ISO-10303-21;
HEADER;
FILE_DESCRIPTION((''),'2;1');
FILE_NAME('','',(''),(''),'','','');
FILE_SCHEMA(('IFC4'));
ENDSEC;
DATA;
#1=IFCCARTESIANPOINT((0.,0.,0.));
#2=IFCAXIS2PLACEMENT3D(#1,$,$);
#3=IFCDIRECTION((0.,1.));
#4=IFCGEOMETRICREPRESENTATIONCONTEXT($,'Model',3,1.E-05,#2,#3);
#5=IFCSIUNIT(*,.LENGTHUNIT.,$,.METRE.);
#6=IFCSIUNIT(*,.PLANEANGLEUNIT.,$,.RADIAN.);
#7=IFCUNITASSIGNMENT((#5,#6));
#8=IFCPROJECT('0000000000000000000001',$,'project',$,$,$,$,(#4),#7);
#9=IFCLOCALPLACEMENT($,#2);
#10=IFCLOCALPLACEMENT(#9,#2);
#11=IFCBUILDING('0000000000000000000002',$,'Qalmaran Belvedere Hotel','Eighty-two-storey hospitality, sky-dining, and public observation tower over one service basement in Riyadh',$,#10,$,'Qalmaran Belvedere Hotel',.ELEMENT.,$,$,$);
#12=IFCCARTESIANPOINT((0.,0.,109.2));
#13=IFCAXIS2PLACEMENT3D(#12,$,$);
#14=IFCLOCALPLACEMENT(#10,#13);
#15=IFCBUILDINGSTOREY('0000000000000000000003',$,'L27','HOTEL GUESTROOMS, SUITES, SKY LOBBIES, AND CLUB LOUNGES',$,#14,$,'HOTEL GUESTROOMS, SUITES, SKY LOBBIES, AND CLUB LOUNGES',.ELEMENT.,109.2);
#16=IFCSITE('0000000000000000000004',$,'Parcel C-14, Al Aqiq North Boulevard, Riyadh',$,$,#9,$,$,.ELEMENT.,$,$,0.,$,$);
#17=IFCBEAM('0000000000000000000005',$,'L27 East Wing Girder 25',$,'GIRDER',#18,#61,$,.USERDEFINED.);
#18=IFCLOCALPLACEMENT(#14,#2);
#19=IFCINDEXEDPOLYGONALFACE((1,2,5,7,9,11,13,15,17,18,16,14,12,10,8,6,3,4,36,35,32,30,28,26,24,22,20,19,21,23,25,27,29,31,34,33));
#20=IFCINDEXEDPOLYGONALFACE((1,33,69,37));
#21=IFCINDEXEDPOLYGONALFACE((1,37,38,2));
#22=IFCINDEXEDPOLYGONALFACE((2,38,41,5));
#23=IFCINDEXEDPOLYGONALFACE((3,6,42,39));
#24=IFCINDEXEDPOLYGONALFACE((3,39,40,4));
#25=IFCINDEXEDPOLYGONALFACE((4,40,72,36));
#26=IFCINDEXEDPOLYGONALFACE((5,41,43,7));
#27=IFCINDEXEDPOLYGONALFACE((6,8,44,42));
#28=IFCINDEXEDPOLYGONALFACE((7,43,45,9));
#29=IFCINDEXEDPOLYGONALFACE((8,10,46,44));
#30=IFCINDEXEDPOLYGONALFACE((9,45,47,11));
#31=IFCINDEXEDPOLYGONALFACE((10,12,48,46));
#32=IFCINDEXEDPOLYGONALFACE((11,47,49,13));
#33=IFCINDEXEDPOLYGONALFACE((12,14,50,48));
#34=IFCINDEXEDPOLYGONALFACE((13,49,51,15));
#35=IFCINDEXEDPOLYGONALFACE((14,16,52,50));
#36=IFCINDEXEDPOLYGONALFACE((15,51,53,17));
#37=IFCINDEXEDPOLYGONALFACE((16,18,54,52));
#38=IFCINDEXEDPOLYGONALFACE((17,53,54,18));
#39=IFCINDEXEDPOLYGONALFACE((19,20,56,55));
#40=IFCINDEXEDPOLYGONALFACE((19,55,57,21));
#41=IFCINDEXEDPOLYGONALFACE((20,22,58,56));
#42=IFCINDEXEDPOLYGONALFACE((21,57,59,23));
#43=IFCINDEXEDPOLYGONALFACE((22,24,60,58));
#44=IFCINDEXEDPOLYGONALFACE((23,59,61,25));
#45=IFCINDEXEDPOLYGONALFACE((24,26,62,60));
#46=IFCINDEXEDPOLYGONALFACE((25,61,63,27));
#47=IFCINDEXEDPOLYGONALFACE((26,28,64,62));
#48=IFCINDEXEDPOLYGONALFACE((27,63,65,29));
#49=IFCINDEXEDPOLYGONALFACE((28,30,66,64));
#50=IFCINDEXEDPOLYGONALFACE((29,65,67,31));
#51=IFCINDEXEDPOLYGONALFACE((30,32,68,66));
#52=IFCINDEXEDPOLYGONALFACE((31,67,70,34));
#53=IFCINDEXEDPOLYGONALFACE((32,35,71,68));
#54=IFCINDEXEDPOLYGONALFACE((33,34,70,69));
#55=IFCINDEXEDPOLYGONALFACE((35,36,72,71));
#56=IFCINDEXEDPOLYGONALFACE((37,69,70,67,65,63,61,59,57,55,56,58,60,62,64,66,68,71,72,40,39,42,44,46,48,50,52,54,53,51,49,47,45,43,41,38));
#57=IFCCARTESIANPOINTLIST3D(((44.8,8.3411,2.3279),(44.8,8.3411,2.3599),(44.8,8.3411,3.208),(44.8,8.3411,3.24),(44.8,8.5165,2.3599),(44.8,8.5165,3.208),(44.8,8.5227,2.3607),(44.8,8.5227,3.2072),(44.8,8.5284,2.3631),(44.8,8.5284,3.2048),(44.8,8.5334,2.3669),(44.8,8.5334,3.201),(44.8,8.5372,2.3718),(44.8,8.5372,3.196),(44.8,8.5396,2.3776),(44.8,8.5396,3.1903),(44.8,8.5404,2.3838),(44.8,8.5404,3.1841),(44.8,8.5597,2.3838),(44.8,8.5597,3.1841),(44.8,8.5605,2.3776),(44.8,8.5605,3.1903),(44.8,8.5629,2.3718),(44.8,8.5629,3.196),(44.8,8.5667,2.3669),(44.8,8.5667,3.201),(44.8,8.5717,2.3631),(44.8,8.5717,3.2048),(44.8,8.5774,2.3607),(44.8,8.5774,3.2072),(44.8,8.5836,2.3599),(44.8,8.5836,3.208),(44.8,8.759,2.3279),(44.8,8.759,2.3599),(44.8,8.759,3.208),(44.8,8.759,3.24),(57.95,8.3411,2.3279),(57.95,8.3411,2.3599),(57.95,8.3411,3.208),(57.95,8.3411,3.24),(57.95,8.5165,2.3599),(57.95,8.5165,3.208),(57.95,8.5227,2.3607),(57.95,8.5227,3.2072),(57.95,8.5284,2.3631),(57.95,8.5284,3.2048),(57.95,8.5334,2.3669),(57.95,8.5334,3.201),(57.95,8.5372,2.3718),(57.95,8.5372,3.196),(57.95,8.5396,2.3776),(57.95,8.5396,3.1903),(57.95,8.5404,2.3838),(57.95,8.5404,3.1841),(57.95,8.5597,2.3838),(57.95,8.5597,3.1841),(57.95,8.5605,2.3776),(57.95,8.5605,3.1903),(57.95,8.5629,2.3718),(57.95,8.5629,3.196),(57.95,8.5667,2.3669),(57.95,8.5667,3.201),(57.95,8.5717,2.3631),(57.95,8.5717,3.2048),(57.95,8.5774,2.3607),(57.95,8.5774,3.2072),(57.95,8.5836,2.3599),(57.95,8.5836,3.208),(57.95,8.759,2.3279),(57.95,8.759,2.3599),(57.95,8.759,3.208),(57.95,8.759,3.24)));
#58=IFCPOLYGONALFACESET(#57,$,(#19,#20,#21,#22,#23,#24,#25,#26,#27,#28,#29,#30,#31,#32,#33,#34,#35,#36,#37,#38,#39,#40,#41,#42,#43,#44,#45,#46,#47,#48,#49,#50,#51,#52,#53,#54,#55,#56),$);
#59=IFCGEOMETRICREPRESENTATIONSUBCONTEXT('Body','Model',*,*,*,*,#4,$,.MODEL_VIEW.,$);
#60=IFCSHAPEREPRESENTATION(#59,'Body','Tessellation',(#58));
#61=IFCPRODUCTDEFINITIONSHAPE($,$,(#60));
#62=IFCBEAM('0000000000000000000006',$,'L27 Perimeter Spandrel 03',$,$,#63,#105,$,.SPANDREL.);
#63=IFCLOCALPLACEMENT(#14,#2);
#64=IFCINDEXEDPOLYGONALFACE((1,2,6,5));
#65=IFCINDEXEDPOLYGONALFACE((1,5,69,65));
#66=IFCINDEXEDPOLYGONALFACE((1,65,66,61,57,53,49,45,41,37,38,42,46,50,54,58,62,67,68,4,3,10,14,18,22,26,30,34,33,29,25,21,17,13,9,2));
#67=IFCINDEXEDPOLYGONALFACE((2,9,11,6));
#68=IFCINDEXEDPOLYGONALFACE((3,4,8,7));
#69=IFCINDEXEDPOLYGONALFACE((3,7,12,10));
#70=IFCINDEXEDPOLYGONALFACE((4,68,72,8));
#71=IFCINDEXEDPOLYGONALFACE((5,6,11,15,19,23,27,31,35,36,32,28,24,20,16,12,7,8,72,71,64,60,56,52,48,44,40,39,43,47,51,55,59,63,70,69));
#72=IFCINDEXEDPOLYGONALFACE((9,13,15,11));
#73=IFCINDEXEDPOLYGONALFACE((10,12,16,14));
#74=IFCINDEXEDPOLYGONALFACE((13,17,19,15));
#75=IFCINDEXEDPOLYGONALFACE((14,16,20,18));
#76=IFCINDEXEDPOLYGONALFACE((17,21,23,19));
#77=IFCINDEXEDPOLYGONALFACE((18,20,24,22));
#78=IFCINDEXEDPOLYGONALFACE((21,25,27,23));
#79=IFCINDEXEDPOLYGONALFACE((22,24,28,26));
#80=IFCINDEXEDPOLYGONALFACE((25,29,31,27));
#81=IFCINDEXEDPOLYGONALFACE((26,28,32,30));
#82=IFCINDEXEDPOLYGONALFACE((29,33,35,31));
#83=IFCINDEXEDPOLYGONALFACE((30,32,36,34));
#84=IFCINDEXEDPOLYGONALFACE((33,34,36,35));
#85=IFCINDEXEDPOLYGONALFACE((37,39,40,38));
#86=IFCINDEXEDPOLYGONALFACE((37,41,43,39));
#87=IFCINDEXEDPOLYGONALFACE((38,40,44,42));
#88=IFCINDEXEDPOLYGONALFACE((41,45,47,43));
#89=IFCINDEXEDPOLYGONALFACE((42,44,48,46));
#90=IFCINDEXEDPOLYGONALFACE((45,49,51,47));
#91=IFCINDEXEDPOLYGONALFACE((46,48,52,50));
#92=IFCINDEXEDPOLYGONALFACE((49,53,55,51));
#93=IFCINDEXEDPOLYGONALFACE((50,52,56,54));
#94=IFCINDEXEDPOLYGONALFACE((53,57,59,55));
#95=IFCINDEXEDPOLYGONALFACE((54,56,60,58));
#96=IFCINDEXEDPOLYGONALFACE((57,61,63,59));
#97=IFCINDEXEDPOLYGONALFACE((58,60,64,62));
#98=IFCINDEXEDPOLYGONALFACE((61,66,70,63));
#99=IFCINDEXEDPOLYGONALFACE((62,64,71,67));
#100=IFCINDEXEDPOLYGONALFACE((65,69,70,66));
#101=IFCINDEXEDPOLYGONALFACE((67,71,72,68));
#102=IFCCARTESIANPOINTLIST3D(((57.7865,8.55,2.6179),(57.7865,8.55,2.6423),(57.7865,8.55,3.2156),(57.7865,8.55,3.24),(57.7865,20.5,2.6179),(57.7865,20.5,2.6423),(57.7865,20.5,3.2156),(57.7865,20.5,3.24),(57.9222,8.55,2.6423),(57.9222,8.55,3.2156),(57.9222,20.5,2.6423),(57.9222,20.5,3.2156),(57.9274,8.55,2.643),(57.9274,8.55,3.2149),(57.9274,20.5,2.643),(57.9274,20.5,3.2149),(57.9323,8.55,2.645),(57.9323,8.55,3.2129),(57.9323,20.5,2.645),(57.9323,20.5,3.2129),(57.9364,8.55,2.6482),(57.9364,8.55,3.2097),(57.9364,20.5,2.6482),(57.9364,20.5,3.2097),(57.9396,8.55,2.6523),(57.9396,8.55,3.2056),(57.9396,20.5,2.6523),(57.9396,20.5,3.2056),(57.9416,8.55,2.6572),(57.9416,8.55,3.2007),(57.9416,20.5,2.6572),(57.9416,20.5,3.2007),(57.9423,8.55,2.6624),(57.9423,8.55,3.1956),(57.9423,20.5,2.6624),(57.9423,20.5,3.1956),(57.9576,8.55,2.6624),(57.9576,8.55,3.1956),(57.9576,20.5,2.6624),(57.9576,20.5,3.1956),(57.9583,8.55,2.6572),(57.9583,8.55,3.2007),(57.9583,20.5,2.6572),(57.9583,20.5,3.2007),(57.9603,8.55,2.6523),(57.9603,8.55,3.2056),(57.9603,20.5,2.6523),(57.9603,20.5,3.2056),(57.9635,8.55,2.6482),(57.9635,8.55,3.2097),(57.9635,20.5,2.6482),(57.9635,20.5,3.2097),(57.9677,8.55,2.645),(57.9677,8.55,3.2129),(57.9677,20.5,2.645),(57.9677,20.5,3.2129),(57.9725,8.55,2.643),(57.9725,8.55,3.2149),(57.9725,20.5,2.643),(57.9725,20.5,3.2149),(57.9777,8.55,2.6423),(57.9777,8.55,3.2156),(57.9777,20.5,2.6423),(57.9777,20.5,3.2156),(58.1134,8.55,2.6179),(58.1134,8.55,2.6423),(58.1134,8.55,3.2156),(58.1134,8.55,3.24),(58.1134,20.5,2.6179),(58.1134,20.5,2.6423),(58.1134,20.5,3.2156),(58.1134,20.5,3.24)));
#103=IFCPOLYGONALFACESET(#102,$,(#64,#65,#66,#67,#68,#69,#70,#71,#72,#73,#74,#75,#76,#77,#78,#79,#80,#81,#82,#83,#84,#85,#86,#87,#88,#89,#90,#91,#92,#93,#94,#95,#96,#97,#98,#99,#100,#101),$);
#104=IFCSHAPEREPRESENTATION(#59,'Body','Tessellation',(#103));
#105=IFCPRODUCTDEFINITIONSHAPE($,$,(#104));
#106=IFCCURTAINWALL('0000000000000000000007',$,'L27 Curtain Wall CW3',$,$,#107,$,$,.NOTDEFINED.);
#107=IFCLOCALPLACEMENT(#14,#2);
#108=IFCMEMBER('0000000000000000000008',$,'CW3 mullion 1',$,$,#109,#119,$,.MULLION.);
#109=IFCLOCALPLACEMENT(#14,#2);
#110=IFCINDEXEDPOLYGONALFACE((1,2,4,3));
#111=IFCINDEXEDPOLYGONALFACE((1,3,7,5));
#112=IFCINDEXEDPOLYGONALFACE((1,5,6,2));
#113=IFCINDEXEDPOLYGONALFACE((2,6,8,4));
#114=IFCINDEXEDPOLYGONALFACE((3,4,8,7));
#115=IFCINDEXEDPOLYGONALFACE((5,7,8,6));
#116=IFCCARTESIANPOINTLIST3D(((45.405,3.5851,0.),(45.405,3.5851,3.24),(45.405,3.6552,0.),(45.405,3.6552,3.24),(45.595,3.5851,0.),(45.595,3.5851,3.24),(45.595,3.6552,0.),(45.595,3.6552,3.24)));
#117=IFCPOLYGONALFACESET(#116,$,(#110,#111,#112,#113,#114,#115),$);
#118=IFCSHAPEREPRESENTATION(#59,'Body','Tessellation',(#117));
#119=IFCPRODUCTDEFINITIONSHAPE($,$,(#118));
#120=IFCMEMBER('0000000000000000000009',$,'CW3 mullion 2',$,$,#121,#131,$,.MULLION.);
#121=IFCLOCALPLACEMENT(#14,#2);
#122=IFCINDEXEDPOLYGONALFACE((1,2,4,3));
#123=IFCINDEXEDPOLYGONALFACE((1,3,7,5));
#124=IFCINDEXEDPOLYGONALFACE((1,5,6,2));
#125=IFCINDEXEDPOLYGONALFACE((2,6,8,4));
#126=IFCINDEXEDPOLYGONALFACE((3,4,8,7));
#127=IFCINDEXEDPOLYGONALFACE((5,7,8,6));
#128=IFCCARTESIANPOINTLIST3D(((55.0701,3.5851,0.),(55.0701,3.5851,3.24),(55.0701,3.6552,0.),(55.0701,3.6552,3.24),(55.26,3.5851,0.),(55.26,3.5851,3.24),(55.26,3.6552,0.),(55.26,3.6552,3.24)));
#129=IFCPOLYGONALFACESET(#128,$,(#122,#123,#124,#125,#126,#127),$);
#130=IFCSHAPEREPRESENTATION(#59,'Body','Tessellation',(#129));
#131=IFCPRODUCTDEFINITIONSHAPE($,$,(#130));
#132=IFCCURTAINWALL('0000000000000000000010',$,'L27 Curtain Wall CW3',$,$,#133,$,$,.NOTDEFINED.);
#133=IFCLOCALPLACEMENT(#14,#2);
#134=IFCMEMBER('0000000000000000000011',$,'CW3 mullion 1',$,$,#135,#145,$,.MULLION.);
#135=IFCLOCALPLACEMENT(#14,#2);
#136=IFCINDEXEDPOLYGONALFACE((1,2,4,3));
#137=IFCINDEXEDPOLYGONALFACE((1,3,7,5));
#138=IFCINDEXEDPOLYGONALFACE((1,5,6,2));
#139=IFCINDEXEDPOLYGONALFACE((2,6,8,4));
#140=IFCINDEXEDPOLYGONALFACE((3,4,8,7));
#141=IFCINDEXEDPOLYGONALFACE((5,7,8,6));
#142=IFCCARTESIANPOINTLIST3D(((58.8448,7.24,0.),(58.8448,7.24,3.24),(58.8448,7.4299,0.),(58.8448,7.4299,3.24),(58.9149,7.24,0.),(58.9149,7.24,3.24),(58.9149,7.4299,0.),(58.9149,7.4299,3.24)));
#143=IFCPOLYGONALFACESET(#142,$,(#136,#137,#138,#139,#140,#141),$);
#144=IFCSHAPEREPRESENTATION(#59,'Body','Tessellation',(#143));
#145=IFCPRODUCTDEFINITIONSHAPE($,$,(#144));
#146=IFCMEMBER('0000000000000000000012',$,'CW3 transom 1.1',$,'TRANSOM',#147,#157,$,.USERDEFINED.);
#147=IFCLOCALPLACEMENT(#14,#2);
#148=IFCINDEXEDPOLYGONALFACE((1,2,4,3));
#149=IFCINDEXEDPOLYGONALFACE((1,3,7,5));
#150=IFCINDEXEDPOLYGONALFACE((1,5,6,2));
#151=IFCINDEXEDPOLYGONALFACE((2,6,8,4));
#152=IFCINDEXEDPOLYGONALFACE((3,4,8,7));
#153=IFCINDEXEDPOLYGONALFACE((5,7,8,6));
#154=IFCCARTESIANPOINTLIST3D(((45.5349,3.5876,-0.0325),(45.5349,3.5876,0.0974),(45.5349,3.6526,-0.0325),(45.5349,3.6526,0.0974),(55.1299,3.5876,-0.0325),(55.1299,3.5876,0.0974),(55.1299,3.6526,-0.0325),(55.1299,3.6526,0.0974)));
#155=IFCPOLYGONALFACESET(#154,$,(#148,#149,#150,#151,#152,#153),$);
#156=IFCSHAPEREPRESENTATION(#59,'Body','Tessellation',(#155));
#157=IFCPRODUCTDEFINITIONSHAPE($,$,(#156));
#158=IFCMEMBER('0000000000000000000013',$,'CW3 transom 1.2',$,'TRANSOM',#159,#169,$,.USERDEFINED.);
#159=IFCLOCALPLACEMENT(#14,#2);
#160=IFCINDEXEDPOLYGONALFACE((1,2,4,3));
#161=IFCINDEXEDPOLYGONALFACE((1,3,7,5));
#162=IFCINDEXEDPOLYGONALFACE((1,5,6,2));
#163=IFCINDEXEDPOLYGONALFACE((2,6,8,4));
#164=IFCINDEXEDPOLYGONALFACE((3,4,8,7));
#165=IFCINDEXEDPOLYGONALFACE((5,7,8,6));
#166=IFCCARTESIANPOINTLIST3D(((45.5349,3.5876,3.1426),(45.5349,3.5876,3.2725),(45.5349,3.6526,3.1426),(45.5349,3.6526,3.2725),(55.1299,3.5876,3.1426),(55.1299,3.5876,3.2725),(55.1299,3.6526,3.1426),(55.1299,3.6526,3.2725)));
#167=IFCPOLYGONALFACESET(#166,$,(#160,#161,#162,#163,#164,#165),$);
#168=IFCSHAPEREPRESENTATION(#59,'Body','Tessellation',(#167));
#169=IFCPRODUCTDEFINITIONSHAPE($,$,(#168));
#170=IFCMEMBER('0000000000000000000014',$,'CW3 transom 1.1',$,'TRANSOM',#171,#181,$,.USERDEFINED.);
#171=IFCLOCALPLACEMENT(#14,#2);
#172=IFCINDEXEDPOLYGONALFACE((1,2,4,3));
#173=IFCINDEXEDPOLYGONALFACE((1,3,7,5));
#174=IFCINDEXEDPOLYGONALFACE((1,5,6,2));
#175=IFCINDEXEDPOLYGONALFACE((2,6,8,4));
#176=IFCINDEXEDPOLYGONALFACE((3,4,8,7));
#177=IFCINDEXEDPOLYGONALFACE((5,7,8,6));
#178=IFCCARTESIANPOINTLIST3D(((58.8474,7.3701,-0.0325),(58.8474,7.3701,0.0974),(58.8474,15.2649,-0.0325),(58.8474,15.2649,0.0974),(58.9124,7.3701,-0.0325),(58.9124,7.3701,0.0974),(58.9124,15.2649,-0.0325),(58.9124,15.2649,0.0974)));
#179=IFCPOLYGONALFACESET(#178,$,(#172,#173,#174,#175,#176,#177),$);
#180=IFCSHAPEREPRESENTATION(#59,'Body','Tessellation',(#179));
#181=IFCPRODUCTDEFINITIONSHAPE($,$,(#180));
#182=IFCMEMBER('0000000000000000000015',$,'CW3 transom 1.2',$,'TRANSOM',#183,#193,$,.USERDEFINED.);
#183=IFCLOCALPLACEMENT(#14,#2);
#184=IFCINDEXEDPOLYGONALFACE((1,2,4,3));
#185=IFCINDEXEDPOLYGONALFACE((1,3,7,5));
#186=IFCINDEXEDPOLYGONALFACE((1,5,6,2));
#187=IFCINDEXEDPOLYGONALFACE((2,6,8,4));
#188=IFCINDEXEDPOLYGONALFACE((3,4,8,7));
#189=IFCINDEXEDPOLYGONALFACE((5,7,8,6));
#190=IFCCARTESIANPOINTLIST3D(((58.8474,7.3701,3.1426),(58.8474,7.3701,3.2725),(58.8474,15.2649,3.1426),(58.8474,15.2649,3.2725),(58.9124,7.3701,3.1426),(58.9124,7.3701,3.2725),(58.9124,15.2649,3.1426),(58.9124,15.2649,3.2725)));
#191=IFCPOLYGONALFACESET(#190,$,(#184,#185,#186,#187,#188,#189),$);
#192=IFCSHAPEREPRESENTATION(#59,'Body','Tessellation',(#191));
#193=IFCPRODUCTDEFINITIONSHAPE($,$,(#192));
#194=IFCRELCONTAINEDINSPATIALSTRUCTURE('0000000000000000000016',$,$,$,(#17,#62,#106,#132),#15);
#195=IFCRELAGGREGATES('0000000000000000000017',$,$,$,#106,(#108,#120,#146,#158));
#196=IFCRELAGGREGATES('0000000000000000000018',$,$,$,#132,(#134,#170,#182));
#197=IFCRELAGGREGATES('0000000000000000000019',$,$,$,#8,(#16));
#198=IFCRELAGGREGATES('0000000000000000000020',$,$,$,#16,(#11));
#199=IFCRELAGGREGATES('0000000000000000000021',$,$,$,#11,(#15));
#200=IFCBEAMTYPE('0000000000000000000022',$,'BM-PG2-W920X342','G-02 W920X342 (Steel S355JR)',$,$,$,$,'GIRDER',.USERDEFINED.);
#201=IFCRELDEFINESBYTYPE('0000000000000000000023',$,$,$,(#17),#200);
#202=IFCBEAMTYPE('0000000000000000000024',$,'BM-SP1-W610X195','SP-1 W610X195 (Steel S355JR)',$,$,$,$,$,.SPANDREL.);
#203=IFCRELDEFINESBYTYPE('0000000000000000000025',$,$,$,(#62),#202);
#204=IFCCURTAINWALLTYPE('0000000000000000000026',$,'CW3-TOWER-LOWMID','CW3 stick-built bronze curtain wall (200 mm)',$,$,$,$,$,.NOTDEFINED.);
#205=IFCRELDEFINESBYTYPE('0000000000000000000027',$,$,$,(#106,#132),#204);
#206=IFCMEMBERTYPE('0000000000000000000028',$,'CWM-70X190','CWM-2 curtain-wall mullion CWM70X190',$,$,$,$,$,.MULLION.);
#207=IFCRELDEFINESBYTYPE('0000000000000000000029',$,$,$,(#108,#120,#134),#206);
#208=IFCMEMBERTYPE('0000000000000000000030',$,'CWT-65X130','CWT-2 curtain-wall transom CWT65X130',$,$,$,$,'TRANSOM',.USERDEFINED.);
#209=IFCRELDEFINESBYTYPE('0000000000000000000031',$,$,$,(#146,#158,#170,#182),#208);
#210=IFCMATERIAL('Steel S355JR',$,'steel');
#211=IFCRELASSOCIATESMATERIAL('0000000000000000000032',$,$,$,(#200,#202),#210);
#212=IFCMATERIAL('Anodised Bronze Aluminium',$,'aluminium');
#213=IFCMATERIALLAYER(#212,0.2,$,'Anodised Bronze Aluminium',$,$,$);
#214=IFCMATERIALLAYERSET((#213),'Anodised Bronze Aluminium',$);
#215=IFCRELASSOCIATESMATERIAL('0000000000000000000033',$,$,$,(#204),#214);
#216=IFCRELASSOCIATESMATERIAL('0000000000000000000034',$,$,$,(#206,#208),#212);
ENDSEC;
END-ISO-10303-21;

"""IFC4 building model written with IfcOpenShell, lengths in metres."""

from ifc_helpers import new_model, si_unit, direction, frame, origin, origin_2d, place, context, subcontext, project, spatial, rectangle, i_section, extrude, material, layer, layer_set, material_profile, profile_set, type_object, element, aggregate, save


model = new_model("IFC4")

# Units and contexts
model_context = context("Model", 3, precision=1e-05, world=origin(), true_north=direction((0.0, 1.0)))
body_context = subcontext(model_context, "Body", "Model", "MODEL_VIEW")
ifc_project = project(units=[si_unit("LENGTHUNIT", "METRE"), si_unit("PLANEANGLEUNIT", "RADIAN")], contexts=[model_context])

# Site, building, storey
site_placement = place(None, origin())
site = spatial("IfcSite", under=ifc_project, at=site_placement, Name="Parcel C-14, Al Aqiq North Boulevard, Riyadh", CompositionType="ELEMENT", RefElevation=0.0)
building_placement = place(site_placement, origin())
building = spatial("IfcBuilding", under=site, at=building_placement, Name="Qalmaran Belvedere Hotel", Description="Eighty-two-storey hospitality, sky-dining, and public observation tower over one service basement in Riyadh", LongName="Qalmaran Belvedere Hotel", CompositionType="ELEMENT")
storey_placement = place(building_placement, frame((0.0, 0.0, 109.2)))
storey = spatial("IfcBuildingStorey", under=building, at=storey_placement, Name="L27", Description="HOTEL GUESTROOMS, SUITES, SKY LOBBIES, AND CLUB LOUNGES", LongName="HOTEL GUESTROOMS, SUITES, SKY LOBBIES, AND CLUB LOUNGES", CompositionType="ELEMENT", Elevation=109.2)

# Beams
ifc_material_1 = material(Name="Steel S355JR", Category="steel")
ifc_material_profile_1 = material_profile(ifc_material_1, i_section(OverallWidth=0.418, OverallDepth=0.9121, WebThickness=0.0193, FlangeThickness=0.032, FilletRadius=0.0239, at=origin_2d()), Name="W920X342")
ifc_profile_set_1 = profile_set([ifc_material_profile_1], Name="Steel S355JR")
beam_type_1 = type_object("IfcBeamType", Name="BM-PG2-W920X342", Description="G-02 W920X342 (Steel S355JR)", ElementType="GIRDER", PredefinedType="USERDEFINED", material=ifc_profile_set_1)
beam_1_placement = place(storey_placement, frame((44.8, 8.55, 2.7839), z_axis=(1.0, 0.0, 0.0), x_axis=(0.0, 1.0, 0.0)))
element("IfcBeam", 1, at=beam_1_placement, inside=storey, type_object=beam_type_1, Name="L27 East Wing Girder 25", ObjectType="GIRDER", PredefinedType="USERDEFINED", context=body_context, shape_type="SweptSolid", body=[
    extrude(i_section(OverallWidth=0.418, OverallDepth=0.9121, WebThickness=0.0193, FlangeThickness=0.032, FilletRadius=0.0239, at=origin_2d()), origin(), (0.0, 0.0, 1.0), 13.1499),
])
ifc_material_profile_2 = material_profile(ifc_material_1, i_section(OverallWidth=0.3269, OverallDepth=0.6221, WebThickness=0.0154, FlangeThickness=0.0244, FilletRadius=0.02, at=origin_2d()), Name="W610X195")
ifc_profile_set_2 = profile_set([ifc_material_profile_2], Name="Steel S355JR")
beam_type_2 = type_object("IfcBeamType", Name="BM-SP1-W610X195", Description="SP-1 W610X195 (Steel S355JR)", PredefinedType="SPANDREL", material=ifc_profile_set_2)
beam_2_placement = place(storey_placement, frame((57.95, 8.55, 2.929), z_axis=(0.0, 1.0, 0.0), x_axis=(-1.0, 0.0, 0.0)))
element("IfcBeam", 2, at=beam_2_placement, inside=storey, type_object=beam_type_2, Name="L27 Perimeter Spandrel 03", PredefinedType="SPANDREL", context=body_context, shape_type="SweptSolid", body=[
    extrude(i_section(OverallWidth=0.3269, OverallDepth=0.6221, WebThickness=0.0154, FlangeThickness=0.0244, FilletRadius=0.02, at=origin_2d()), origin(), (0.0, 0.0, 1.0), 11.95),
])

# Curtain wall, members
ifc_material_2 = material(Name="Anodised Bronze Aluminium", Category="aluminium")
ifc_layer_1 = layer(ifc_material_2, 0.2, Name="Anodised Bronze Aluminium")
ifc_layer_set_1 = layer_set([ifc_layer_1], Name="Anodised Bronze Aluminium")
curtain_wall_type = type_object("IfcCurtainWallType", Name="CW3-TOWER-LOWMID", Description="CW3 stick-built bronze curtain wall (200 mm)", PredefinedType="NOTDEFINED", material=ifc_layer_set_1)
curtain_wall_1_placement = place(storey_placement, origin())
curtain_wall_1 = element("IfcCurtainWall", 3, at=curtain_wall_1_placement, inside=storey, type_object=curtain_wall_type, Name="L27 Curtain Wall CW3", PredefinedType="NOTDEFINED")
ifc_material_profile_3 = material_profile(ifc_material_2, rectangle(XDim=0.0701, YDim=0.1899, at=origin_2d()), Name="CWM70X190")
ifc_profile_set_3 = profile_set([ifc_material_profile_3], Name="Anodised Bronze Aluminium")
member_type_1 = type_object("IfcMemberType", Name="CWM-70X190", Description="CWM-2 curtain-wall mullion CWM70X190", PredefinedType="MULLION", material=ifc_profile_set_3)
member_1_placement = place(storey_placement, frame((45.5, 3.6201, 0.0), z_axis=(0.0, 0.0, 1.0), x_axis=(0.0, 1.0, 0.0)))
member_1 = element("IfcMember", 4, at=member_1_placement, type_object=member_type_1, Name="CW3 mullion 1", PredefinedType="MULLION", context=body_context, shape_type="SweptSolid", body=[
    extrude(rectangle(XDim=0.0701, YDim=0.1899, at=origin_2d()), origin(), (0.0, 0.0, 1.0), 3.24),
])
member_2_placement = place(storey_placement, frame((55.165, 3.6201, 0.0), z_axis=(0.0, 0.0, 1.0), x_axis=(0.0, 1.0, 0.0)))
member_2 = element("IfcMember", 5, at=member_2_placement, type_object=member_type_1, Name="CW3 mullion 2", PredefinedType="MULLION", context=body_context, shape_type="SweptSolid", body=[
    extrude(rectangle(XDim=0.0701, YDim=0.1899, at=origin_2d()), origin(), (0.0, 0.0, 1.0), 3.24),
])

# Curtain wall, member
curtain_wall_2_placement = place(storey_placement, origin())
curtain_wall_2 = element("IfcCurtainWall", 6, at=curtain_wall_2_placement, inside=storey, type_object=curtain_wall_type, Name="L27 Curtain Wall CW3", PredefinedType="NOTDEFINED")
member_3_placement = place(storey_placement, frame((58.8799, 7.335, 0.0), z_axis=(0.0, 0.0, 1.0), x_axis=(-1.0, 0.0, 0.0)))
member_3 = element("IfcMember", 7, at=member_3_placement, type_object=member_type_1, Name="CW3 mullion 1", PredefinedType="MULLION", context=body_context, shape_type="SweptSolid", body=[
    extrude(rectangle(XDim=0.0701, YDim=0.1899, at=origin_2d()), origin(), (0.0, 0.0, 1.0), 3.24),
])

# Members
ifc_material_profile_4 = material_profile(ifc_material_2, rectangle(XDim=0.0649, YDim=0.1299, at=origin_2d()), Name="CWT65X130")
ifc_profile_set_4 = profile_set([ifc_material_profile_4], Name="Anodised Bronze Aluminium")
member_type_2 = type_object("IfcMemberType", Name="CWT-65X130", Description="CWT-2 curtain-wall transom CWT65X130", ElementType="TRANSOM", PredefinedType="USERDEFINED", material=ifc_profile_set_4)
member_4_placement = place(storey_placement, frame((45.5349, 3.6201, 0.0325), z_axis=(1.0, 0.0, 0.0), x_axis=(0.0, 1.0, 0.0)))
member_4 = element("IfcMember", 8, at=member_4_placement, type_object=member_type_2, Name="CW3 transom 1.1", ObjectType="TRANSOM", PredefinedType="USERDEFINED", context=body_context, shape_type="SweptSolid", body=[
    extrude(rectangle(XDim=0.0649, YDim=0.1299, at=origin_2d()), origin(), (0.0, 0.0, 1.0), 9.595),
])
member_5_placement = place(storey_placement, frame((45.5349, 3.6201, 3.2075), z_axis=(1.0, 0.0, 0.0), x_axis=(0.0, 1.0, 0.0)))
member_5 = element("IfcMember", 9, at=member_5_placement, type_object=member_type_2, Name="CW3 transom 1.2", ObjectType="TRANSOM", PredefinedType="USERDEFINED", context=body_context, shape_type="SweptSolid", body=[
    extrude(rectangle(XDim=0.0649, YDim=0.1299, at=origin_2d()), origin(), (0.0, 0.0, 1.0), 9.595),
])
member_6_placement = place(storey_placement, frame((58.8799, 7.3701, 0.0325), z_axis=(0.0, 1.0, 0.0), x_axis=(-1.0, 0.0, 0.0)))
member_6 = element("IfcMember", 10, at=member_6_placement, type_object=member_type_2, Name="CW3 transom 1.1", ObjectType="TRANSOM", PredefinedType="USERDEFINED", context=body_context, shape_type="SweptSolid", body=[
    extrude(rectangle(XDim=0.0649, YDim=0.1299, at=origin_2d()), origin(), (0.0, 0.0, 1.0), 7.8948),
])
member_7_placement = place(storey_placement, frame((58.8799, 7.3701, 3.2075), z_axis=(0.0, 1.0, 0.0), x_axis=(-1.0, 0.0, 0.0)))
member_7 = element("IfcMember", 11, at=member_7_placement, type_object=member_type_2, Name="CW3 transom 1.2", ObjectType="TRANSOM", PredefinedType="USERDEFINED", context=body_context, shape_type="SweptSolid", body=[
    extrude(rectangle(XDim=0.0649, YDim=0.1299, at=origin_2d()), origin(), (0.0, 0.0, 1.0), 7.8948),
])

aggregate(curtain_wall_1, [member_1, member_2, member_4, member_5])
aggregate(curtain_wall_2, [member_3, member_6, member_7])

save(model, "model.ifc")
